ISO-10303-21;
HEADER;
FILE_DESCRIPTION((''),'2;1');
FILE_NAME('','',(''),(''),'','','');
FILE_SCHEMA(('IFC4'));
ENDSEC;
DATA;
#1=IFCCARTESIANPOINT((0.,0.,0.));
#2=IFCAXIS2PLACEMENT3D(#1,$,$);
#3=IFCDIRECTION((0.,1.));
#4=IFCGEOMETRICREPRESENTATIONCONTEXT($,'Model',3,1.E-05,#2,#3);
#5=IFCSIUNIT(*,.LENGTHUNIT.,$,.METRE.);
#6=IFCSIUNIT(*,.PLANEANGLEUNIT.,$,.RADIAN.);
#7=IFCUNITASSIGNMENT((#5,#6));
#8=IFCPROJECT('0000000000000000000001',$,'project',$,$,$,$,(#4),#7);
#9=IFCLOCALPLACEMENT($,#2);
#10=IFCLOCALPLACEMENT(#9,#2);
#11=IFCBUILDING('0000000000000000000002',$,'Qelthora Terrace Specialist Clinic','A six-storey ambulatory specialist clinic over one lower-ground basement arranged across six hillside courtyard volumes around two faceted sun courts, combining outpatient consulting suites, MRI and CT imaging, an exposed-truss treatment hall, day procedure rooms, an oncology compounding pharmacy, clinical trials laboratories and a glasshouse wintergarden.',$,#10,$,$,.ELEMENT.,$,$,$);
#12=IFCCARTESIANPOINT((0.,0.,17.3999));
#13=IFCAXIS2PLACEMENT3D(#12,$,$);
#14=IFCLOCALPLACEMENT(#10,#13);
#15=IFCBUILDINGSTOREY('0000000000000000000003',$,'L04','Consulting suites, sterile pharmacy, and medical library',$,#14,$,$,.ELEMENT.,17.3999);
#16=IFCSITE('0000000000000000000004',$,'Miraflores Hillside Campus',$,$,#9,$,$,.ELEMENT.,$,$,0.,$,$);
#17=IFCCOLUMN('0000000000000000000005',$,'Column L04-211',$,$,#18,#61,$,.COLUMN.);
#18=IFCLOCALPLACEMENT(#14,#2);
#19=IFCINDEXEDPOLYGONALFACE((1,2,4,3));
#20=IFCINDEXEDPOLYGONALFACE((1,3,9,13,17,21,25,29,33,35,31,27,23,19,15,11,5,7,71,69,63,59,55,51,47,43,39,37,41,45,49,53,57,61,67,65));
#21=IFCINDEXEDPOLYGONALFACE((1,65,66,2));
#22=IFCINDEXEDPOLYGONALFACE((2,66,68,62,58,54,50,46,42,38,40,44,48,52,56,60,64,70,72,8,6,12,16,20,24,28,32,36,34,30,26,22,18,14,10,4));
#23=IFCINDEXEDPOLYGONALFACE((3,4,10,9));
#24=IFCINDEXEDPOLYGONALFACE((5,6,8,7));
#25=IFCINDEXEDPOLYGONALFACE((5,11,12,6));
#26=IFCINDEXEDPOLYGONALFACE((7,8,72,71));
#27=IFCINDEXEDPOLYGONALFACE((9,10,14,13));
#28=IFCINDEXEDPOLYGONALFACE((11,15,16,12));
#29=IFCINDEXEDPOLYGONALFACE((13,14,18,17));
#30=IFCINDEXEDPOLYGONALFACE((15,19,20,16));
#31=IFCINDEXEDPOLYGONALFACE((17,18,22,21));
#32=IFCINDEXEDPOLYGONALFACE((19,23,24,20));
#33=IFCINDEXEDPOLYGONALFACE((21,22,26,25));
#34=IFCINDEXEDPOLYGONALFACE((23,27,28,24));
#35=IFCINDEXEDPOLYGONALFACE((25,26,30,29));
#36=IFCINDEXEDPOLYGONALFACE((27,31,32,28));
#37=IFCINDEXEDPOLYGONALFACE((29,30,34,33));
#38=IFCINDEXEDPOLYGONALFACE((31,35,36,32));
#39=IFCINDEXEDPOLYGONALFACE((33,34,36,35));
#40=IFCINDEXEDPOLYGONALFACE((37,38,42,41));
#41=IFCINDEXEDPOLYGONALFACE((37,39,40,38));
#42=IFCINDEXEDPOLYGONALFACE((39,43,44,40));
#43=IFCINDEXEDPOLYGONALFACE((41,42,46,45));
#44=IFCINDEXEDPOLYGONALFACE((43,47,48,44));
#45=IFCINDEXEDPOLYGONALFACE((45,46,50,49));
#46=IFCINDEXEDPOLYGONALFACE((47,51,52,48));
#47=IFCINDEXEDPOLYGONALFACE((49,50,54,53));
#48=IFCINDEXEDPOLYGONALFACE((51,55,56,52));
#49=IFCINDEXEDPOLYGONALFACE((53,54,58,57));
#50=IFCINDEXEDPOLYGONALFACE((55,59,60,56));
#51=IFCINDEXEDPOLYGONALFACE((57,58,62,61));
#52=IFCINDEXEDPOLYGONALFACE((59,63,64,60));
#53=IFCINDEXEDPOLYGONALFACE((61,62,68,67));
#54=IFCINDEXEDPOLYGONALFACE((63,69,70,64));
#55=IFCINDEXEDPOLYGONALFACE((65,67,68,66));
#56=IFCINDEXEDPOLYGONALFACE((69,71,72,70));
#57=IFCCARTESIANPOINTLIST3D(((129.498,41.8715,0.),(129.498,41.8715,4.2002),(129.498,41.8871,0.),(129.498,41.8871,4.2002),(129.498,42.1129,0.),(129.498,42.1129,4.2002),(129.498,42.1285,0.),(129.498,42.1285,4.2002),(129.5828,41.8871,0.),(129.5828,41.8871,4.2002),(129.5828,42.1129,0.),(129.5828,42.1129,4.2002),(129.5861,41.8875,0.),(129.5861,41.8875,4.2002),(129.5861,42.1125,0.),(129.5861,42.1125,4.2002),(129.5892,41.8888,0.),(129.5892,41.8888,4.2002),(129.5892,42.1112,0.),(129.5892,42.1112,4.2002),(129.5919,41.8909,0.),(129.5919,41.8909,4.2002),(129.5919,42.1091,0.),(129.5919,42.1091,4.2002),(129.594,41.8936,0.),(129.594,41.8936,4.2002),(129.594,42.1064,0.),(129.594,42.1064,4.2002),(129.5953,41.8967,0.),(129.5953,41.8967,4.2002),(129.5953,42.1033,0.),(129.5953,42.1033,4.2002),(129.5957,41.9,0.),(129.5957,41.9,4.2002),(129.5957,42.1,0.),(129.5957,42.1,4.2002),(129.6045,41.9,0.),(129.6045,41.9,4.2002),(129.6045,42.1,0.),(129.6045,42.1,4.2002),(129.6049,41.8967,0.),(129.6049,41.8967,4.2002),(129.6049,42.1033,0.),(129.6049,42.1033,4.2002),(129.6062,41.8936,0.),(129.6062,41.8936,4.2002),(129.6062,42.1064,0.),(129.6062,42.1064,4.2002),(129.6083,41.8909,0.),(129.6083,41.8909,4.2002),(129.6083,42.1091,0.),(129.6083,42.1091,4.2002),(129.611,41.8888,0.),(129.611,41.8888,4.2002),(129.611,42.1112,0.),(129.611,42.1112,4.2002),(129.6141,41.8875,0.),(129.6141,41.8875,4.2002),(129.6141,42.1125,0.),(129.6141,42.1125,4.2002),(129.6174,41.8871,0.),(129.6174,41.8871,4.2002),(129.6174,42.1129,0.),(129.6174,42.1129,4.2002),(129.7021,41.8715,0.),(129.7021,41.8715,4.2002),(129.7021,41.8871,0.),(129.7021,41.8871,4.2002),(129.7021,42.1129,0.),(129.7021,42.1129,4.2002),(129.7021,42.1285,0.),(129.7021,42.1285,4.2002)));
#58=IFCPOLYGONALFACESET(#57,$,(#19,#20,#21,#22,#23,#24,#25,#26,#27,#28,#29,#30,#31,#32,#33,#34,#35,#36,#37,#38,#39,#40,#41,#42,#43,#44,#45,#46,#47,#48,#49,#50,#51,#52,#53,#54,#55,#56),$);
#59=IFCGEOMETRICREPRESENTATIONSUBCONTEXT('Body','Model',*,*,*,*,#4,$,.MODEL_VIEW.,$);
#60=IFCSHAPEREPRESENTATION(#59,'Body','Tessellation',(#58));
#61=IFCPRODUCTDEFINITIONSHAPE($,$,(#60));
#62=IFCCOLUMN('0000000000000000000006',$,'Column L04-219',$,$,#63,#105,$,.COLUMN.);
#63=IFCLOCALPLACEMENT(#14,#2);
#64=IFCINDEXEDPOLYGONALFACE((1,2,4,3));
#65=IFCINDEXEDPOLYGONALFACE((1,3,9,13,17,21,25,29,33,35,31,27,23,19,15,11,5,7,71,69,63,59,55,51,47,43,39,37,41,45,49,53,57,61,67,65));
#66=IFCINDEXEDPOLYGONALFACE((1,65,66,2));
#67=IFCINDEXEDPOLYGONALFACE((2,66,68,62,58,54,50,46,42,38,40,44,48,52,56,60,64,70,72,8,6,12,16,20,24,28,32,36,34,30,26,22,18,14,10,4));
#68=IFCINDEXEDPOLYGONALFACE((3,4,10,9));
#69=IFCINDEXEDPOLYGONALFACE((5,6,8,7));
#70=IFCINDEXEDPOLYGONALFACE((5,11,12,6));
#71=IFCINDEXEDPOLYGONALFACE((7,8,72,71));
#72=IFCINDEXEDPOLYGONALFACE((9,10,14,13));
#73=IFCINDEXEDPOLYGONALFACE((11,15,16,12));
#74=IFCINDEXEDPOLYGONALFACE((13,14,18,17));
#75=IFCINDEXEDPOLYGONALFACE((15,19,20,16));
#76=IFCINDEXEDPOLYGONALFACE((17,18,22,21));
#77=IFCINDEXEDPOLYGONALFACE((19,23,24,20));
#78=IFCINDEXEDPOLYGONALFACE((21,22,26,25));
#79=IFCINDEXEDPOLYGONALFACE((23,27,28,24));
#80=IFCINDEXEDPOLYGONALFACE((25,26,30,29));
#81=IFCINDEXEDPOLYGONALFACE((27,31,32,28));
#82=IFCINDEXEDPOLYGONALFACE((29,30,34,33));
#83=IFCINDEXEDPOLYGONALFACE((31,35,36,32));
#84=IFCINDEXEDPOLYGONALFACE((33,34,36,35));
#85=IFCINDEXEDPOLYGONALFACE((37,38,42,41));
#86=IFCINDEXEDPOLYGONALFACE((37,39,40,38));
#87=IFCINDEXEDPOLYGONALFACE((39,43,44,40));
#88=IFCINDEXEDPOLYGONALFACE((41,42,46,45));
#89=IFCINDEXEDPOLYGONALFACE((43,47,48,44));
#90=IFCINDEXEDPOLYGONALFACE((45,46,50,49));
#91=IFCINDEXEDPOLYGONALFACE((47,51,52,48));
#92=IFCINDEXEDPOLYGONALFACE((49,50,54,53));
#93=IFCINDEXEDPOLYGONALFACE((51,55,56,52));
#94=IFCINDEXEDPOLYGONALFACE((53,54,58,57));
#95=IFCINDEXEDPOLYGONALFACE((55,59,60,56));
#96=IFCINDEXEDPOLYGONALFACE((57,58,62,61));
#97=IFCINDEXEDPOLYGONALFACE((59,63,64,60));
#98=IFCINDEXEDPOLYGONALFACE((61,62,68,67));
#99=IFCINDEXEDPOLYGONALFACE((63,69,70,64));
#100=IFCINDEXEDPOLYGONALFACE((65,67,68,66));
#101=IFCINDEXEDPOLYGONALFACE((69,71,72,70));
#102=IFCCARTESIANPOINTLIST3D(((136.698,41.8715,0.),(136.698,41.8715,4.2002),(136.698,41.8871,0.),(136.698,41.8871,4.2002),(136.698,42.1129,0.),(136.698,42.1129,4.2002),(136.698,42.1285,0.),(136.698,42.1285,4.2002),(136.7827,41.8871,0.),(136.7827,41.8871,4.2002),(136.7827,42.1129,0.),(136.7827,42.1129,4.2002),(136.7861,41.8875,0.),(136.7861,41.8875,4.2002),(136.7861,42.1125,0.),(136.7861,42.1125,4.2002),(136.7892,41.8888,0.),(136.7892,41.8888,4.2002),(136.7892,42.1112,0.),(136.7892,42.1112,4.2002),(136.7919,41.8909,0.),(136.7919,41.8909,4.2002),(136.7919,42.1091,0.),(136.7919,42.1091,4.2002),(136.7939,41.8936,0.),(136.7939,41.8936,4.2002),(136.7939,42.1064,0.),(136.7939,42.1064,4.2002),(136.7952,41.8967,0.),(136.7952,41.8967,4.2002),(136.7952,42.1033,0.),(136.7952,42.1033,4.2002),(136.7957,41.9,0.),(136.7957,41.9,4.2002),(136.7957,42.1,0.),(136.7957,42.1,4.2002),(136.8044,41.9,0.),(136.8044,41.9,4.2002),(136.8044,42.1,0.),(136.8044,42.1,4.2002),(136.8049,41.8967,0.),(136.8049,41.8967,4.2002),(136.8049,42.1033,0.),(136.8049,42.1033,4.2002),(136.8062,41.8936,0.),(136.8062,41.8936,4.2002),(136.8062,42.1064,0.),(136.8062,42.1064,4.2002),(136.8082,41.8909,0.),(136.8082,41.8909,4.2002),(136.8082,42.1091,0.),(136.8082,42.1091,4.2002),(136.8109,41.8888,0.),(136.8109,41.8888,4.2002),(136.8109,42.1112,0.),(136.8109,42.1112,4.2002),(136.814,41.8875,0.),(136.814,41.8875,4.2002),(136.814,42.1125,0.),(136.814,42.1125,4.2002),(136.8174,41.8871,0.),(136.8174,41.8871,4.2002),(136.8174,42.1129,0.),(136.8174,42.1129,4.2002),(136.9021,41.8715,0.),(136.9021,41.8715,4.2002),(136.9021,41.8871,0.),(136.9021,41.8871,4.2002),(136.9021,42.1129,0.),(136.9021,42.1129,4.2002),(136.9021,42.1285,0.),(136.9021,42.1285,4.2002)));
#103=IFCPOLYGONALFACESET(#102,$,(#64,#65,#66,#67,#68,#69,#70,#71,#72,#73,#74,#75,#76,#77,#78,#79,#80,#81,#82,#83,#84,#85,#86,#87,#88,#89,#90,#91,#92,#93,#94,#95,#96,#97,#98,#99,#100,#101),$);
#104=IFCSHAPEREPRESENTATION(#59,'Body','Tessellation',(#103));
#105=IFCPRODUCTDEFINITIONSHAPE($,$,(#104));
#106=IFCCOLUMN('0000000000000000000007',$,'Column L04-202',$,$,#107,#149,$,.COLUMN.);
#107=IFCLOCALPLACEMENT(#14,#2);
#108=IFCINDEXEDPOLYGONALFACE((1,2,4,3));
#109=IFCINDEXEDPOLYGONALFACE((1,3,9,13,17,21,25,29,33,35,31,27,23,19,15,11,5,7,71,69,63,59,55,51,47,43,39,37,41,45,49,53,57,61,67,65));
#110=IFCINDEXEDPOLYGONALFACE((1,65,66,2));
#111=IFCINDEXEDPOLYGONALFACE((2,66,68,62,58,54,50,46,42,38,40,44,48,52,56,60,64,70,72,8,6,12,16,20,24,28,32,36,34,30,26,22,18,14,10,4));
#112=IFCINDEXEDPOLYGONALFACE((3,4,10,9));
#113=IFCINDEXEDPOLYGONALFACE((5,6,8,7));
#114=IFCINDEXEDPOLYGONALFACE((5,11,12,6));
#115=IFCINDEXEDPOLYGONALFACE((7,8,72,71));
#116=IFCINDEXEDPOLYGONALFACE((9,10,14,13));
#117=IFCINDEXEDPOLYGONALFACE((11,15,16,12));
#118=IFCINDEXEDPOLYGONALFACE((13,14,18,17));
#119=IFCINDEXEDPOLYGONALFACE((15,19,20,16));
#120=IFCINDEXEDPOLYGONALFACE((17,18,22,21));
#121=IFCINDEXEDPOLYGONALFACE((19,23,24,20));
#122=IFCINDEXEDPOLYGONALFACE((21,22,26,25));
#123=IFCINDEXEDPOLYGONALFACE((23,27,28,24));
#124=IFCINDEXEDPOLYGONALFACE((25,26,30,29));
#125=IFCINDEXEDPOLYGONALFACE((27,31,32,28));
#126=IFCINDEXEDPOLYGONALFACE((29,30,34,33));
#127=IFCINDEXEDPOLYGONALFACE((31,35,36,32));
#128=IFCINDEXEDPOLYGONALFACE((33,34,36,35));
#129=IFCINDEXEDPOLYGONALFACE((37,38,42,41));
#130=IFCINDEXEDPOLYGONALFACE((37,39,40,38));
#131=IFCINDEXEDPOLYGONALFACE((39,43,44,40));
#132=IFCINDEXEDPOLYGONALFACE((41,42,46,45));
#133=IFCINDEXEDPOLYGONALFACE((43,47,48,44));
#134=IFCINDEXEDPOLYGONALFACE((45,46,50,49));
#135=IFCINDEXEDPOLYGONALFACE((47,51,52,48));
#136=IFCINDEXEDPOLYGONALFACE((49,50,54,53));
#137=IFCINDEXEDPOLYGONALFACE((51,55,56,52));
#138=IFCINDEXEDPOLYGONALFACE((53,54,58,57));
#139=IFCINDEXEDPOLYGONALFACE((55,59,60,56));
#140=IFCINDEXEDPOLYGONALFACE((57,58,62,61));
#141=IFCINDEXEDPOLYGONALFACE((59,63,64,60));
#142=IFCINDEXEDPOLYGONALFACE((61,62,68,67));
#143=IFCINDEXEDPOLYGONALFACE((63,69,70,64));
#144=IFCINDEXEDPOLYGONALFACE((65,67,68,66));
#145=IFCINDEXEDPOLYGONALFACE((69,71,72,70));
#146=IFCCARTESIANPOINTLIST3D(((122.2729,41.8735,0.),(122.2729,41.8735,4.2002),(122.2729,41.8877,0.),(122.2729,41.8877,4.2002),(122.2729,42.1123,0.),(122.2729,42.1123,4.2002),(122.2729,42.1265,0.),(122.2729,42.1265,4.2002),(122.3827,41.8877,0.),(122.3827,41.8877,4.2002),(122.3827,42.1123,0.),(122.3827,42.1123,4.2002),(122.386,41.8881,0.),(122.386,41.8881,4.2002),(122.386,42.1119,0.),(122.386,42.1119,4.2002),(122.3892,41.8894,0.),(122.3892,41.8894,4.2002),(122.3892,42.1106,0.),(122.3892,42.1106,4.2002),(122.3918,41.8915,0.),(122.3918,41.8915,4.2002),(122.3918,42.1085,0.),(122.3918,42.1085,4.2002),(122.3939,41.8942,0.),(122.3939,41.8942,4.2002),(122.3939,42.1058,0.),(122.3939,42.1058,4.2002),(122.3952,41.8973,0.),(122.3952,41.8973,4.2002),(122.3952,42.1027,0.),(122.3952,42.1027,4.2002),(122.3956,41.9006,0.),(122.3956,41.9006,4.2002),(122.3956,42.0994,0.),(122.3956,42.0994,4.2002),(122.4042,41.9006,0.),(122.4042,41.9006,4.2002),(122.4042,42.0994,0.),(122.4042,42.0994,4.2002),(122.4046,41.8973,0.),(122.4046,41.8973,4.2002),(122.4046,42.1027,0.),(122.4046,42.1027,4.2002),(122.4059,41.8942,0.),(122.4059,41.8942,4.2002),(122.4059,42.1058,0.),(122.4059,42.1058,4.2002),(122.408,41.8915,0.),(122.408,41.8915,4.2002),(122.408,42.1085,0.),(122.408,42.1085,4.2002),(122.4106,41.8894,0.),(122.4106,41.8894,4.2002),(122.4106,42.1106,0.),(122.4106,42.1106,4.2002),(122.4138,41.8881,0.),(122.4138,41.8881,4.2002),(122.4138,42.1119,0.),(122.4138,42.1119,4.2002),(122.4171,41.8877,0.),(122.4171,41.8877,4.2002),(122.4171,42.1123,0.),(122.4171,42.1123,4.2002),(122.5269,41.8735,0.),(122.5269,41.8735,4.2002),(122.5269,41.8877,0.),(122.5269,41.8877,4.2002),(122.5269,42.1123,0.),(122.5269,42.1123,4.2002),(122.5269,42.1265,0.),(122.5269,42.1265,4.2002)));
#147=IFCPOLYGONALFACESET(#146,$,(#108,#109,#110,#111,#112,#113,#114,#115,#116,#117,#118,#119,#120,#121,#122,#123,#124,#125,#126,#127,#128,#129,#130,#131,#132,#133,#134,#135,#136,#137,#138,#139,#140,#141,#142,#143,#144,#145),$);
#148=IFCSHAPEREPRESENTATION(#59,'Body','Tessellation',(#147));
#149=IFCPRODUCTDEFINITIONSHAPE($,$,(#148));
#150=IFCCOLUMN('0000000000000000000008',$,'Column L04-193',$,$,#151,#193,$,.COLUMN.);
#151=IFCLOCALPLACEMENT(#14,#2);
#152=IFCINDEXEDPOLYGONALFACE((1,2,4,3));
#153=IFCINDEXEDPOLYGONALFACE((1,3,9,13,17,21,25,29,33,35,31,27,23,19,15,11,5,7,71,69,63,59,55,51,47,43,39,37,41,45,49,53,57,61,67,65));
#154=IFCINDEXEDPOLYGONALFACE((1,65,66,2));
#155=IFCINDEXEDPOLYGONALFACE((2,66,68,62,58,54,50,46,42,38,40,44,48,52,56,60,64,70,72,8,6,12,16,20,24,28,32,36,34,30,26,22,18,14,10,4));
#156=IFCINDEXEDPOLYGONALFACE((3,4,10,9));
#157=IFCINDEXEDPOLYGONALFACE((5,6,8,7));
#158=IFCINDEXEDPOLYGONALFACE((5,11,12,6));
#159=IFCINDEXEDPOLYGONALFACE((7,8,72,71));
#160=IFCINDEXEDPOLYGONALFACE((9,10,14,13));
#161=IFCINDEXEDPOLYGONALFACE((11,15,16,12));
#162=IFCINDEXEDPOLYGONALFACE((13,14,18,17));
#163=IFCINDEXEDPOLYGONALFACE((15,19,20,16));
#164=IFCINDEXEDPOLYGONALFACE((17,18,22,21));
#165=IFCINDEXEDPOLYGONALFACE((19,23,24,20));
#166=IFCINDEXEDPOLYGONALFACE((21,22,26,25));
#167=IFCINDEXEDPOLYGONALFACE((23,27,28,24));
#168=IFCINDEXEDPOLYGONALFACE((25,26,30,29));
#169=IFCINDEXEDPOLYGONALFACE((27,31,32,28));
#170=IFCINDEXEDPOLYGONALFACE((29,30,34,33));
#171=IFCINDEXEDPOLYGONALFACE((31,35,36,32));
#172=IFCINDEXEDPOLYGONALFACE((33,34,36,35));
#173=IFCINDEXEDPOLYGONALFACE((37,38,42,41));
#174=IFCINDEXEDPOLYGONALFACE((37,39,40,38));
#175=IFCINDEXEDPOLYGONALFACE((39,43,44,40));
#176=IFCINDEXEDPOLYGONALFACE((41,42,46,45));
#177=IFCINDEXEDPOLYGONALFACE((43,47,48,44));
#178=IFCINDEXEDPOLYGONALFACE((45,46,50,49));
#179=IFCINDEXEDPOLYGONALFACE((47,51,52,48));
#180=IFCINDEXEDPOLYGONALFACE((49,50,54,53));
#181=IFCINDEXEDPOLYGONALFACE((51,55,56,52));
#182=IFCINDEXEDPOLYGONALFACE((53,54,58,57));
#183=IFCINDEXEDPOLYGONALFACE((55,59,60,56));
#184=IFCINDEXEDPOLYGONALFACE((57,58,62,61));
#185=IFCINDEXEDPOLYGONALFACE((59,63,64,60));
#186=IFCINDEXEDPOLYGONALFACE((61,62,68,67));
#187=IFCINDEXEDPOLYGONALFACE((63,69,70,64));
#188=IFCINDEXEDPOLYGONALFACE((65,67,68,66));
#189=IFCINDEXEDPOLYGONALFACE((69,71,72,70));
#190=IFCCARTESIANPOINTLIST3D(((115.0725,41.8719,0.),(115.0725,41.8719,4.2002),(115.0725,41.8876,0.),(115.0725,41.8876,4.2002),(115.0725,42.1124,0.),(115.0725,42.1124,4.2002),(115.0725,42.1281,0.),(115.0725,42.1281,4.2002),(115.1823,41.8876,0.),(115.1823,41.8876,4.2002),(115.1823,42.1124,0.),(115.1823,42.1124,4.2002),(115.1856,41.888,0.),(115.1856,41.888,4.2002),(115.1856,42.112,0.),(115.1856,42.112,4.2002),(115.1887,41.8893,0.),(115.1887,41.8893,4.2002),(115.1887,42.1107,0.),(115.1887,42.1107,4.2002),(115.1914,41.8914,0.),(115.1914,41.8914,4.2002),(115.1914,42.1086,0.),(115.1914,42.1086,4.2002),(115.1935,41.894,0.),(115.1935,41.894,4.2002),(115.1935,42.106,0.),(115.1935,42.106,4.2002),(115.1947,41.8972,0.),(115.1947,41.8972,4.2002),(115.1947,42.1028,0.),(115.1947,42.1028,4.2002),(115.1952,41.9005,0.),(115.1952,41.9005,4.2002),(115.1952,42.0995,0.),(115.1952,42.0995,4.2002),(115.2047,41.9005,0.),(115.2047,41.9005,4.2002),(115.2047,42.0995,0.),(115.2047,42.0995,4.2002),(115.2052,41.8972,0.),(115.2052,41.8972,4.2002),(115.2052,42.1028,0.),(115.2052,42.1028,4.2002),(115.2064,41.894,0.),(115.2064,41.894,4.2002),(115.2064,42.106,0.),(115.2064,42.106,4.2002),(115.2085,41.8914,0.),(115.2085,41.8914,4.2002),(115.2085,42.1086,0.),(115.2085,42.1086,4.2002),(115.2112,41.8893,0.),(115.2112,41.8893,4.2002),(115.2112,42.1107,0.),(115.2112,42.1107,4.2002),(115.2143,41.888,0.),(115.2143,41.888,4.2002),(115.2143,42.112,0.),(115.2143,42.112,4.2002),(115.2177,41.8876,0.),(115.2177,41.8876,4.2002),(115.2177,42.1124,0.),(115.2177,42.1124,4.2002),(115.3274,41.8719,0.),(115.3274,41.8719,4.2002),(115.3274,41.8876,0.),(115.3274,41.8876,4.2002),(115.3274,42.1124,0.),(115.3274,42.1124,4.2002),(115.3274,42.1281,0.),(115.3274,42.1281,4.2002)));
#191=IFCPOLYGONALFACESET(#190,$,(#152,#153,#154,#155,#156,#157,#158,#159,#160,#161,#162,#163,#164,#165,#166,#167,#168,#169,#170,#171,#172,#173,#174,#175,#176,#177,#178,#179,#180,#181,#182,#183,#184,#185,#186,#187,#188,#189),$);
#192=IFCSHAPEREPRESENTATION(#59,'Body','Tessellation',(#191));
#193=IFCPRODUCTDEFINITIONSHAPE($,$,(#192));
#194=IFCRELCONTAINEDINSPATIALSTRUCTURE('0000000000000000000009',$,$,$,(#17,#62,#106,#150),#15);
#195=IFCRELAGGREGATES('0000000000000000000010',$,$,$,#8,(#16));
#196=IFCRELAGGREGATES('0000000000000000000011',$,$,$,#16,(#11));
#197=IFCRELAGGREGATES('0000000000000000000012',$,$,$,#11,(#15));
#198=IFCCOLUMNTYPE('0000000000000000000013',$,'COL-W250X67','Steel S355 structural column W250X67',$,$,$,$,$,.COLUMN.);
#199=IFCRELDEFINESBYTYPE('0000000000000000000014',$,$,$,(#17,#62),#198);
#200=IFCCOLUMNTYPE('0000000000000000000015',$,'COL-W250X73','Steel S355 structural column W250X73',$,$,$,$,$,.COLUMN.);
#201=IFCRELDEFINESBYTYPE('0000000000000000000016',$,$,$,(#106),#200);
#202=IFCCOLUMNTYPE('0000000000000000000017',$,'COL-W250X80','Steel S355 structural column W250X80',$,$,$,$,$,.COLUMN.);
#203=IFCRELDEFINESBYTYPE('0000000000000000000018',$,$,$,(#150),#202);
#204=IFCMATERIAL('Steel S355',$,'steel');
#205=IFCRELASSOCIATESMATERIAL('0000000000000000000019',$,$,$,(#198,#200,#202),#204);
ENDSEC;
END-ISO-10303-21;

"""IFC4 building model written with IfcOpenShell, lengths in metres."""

from ifc_helpers import new_model, si_unit, direction, frame, origin, origin_2d, place, context, subcontext, project, spatial, i_section, extrude, material, material_profile, profile_set, type_object, element, save


model = new_model("IFC4")

# Units and contexts
model_context = context("Model", 3, precision=1e-05, world=origin(), true_north=direction((0.0, 1.0)))
body_context = subcontext(model_context, "Body", "Model", "MODEL_VIEW")
ifc_project = project(units=[si_unit("LENGTHUNIT", "METRE"), si_unit("PLANEANGLEUNIT", "RADIAN")], contexts=[model_context])

# Site, building, storey
site_placement = place(None, origin())
site = spatial("IfcSite", under=ifc_project, at=site_placement, Name="Miraflores Hillside Campus", CompositionType="ELEMENT", RefElevation=0.0)
building_placement = place(site_placement, origin())
building = spatial("IfcBuilding", under=site, at=building_placement, Name="Qelthora Terrace Specialist Clinic", Description="A six-storey ambulatory specialist clinic over one lower-ground basement arranged across six hillside courtyard volumes around two faceted sun courts, combining outpatient consulting suites, MRI and CT imaging, an exposed-truss treatment hall, day procedure rooms, an oncology compounding pharmacy, clinical trials laboratories and a glasshouse wintergarden.", CompositionType="ELEMENT")
storey_placement = place(building_placement, frame((0.0, 0.0, 17.3999)))
storey = spatial("IfcBuildingStorey", under=building, at=storey_placement, Name="L04", Description="Consulting suites, sterile pharmacy, and medical library", CompositionType="ELEMENT", Elevation=17.3999)

# Columns
ifc_material_1 = material(Name="Steel S355", Category="steel")
ifc_material_profile_1 = material_profile(ifc_material_1, i_section(OverallWidth=0.2041, OverallDepth=0.2571, WebThickness=0.0088, FlangeThickness=0.0156, FilletRadius=0.0129, at=origin_2d()), Name="W250X67")
ifc_profile_set_1 = profile_set([ifc_material_profile_1], Name="Steel S355")
column_type_1 = type_object("IfcColumnType", Name="COL-W250X67", Description="Steel S355 structural column W250X67", PredefinedType="COLUMN", material=ifc_profile_set_1)
for number, where, z_axis, x_axis, name in (
    (1, (129.6001, 42.0, 0.0), (0.0, 0.0, 1.0), (1.0, 0.0, 0.0), "Column L04-211"),
    (2, (136.8, 42.0, 0.0), (0.0, 0.0, 1.0), (1.0, 0.0, 0.0), "Column L04-219"),
):
    element("IfcColumn", number, at=place(storey_placement, frame(where, z_axis=z_axis, x_axis=x_axis)), inside=storey, type_object=column_type_1, Name=name, PredefinedType="COLUMN", context=body_context, shape_type="SweptSolid", body=[
        extrude(i_section(OverallWidth=0.2041, OverallDepth=0.2571, WebThickness=0.0088, FlangeThickness=0.0156, FilletRadius=0.0129, at=origin_2d()), origin(), (0.0, 0.0, 1.0), 4.2002),
    ])
ifc_material_profile_2 = material_profile(ifc_material_1, i_section(OverallWidth=0.2539, OverallDepth=0.2529, WebThickness=0.0085, FlangeThickness=0.0142, FilletRadius=0.0129, at=origin_2d()), Name="W250X73")
ifc_profile_set_2 = profile_set([ifc_material_profile_2], Name="Steel S355")
column_type_2 = type_object("IfcColumnType", Name="COL-W250X73", Description="Steel S355 structural column W250X73", PredefinedType="COLUMN", material=ifc_profile_set_2)
column_1_placement = place(storey_placement, frame((122.3999, 42.0, 0.0), z_axis=(0.0, 0.0, 1.0), x_axis=(1.0, 0.0, 0.0)))
element("IfcColumn", 3, at=column_1_placement, inside=storey, type_object=column_type_2, Name="Column L04-202", PredefinedType="COLUMN", context=body_context, shape_type="SweptSolid", body=[
    extrude(i_section(OverallWidth=0.2539, OverallDepth=0.2529, WebThickness=0.0085, FlangeThickness=0.0142, FilletRadius=0.0129, at=origin_2d()), origin(), (0.0, 0.0, 1.0), 4.2002),
])
ifc_material_profile_3 = material_profile(ifc_material_1, i_section(OverallWidth=0.2549, OverallDepth=0.2561, WebThickness=0.0095, FlangeThickness=0.0156, FilletRadius=0.0129, at=origin_2d()), Name="W250X80")
ifc_profile_set_3 = profile_set([ifc_material_profile_3], Name="Steel S355")
column_type_3 = type_object("IfcColumnType", Name="COL-W250X80", Description="Steel S355 structural column W250X80", PredefinedType="COLUMN", material=ifc_profile_set_3)
column_2_placement = place(storey_placement, frame((115.2, 42.0, 0.0), z_axis=(0.0, 0.0, 1.0), x_axis=(1.0, 0.0, 0.0)))
element("IfcColumn", 4, at=column_2_placement, inside=storey, type_object=column_type_3, Name="Column L04-193", PredefinedType="COLUMN", context=body_context, shape_type="SweptSolid", body=[
    extrude(i_section(OverallWidth=0.2549, OverallDepth=0.2561, WebThickness=0.0095, FlangeThickness=0.0156, FilletRadius=0.0129, at=origin_2d()), origin(), (0.0, 0.0, 1.0), 4.2002),
])

save(model, "model.ifc")
